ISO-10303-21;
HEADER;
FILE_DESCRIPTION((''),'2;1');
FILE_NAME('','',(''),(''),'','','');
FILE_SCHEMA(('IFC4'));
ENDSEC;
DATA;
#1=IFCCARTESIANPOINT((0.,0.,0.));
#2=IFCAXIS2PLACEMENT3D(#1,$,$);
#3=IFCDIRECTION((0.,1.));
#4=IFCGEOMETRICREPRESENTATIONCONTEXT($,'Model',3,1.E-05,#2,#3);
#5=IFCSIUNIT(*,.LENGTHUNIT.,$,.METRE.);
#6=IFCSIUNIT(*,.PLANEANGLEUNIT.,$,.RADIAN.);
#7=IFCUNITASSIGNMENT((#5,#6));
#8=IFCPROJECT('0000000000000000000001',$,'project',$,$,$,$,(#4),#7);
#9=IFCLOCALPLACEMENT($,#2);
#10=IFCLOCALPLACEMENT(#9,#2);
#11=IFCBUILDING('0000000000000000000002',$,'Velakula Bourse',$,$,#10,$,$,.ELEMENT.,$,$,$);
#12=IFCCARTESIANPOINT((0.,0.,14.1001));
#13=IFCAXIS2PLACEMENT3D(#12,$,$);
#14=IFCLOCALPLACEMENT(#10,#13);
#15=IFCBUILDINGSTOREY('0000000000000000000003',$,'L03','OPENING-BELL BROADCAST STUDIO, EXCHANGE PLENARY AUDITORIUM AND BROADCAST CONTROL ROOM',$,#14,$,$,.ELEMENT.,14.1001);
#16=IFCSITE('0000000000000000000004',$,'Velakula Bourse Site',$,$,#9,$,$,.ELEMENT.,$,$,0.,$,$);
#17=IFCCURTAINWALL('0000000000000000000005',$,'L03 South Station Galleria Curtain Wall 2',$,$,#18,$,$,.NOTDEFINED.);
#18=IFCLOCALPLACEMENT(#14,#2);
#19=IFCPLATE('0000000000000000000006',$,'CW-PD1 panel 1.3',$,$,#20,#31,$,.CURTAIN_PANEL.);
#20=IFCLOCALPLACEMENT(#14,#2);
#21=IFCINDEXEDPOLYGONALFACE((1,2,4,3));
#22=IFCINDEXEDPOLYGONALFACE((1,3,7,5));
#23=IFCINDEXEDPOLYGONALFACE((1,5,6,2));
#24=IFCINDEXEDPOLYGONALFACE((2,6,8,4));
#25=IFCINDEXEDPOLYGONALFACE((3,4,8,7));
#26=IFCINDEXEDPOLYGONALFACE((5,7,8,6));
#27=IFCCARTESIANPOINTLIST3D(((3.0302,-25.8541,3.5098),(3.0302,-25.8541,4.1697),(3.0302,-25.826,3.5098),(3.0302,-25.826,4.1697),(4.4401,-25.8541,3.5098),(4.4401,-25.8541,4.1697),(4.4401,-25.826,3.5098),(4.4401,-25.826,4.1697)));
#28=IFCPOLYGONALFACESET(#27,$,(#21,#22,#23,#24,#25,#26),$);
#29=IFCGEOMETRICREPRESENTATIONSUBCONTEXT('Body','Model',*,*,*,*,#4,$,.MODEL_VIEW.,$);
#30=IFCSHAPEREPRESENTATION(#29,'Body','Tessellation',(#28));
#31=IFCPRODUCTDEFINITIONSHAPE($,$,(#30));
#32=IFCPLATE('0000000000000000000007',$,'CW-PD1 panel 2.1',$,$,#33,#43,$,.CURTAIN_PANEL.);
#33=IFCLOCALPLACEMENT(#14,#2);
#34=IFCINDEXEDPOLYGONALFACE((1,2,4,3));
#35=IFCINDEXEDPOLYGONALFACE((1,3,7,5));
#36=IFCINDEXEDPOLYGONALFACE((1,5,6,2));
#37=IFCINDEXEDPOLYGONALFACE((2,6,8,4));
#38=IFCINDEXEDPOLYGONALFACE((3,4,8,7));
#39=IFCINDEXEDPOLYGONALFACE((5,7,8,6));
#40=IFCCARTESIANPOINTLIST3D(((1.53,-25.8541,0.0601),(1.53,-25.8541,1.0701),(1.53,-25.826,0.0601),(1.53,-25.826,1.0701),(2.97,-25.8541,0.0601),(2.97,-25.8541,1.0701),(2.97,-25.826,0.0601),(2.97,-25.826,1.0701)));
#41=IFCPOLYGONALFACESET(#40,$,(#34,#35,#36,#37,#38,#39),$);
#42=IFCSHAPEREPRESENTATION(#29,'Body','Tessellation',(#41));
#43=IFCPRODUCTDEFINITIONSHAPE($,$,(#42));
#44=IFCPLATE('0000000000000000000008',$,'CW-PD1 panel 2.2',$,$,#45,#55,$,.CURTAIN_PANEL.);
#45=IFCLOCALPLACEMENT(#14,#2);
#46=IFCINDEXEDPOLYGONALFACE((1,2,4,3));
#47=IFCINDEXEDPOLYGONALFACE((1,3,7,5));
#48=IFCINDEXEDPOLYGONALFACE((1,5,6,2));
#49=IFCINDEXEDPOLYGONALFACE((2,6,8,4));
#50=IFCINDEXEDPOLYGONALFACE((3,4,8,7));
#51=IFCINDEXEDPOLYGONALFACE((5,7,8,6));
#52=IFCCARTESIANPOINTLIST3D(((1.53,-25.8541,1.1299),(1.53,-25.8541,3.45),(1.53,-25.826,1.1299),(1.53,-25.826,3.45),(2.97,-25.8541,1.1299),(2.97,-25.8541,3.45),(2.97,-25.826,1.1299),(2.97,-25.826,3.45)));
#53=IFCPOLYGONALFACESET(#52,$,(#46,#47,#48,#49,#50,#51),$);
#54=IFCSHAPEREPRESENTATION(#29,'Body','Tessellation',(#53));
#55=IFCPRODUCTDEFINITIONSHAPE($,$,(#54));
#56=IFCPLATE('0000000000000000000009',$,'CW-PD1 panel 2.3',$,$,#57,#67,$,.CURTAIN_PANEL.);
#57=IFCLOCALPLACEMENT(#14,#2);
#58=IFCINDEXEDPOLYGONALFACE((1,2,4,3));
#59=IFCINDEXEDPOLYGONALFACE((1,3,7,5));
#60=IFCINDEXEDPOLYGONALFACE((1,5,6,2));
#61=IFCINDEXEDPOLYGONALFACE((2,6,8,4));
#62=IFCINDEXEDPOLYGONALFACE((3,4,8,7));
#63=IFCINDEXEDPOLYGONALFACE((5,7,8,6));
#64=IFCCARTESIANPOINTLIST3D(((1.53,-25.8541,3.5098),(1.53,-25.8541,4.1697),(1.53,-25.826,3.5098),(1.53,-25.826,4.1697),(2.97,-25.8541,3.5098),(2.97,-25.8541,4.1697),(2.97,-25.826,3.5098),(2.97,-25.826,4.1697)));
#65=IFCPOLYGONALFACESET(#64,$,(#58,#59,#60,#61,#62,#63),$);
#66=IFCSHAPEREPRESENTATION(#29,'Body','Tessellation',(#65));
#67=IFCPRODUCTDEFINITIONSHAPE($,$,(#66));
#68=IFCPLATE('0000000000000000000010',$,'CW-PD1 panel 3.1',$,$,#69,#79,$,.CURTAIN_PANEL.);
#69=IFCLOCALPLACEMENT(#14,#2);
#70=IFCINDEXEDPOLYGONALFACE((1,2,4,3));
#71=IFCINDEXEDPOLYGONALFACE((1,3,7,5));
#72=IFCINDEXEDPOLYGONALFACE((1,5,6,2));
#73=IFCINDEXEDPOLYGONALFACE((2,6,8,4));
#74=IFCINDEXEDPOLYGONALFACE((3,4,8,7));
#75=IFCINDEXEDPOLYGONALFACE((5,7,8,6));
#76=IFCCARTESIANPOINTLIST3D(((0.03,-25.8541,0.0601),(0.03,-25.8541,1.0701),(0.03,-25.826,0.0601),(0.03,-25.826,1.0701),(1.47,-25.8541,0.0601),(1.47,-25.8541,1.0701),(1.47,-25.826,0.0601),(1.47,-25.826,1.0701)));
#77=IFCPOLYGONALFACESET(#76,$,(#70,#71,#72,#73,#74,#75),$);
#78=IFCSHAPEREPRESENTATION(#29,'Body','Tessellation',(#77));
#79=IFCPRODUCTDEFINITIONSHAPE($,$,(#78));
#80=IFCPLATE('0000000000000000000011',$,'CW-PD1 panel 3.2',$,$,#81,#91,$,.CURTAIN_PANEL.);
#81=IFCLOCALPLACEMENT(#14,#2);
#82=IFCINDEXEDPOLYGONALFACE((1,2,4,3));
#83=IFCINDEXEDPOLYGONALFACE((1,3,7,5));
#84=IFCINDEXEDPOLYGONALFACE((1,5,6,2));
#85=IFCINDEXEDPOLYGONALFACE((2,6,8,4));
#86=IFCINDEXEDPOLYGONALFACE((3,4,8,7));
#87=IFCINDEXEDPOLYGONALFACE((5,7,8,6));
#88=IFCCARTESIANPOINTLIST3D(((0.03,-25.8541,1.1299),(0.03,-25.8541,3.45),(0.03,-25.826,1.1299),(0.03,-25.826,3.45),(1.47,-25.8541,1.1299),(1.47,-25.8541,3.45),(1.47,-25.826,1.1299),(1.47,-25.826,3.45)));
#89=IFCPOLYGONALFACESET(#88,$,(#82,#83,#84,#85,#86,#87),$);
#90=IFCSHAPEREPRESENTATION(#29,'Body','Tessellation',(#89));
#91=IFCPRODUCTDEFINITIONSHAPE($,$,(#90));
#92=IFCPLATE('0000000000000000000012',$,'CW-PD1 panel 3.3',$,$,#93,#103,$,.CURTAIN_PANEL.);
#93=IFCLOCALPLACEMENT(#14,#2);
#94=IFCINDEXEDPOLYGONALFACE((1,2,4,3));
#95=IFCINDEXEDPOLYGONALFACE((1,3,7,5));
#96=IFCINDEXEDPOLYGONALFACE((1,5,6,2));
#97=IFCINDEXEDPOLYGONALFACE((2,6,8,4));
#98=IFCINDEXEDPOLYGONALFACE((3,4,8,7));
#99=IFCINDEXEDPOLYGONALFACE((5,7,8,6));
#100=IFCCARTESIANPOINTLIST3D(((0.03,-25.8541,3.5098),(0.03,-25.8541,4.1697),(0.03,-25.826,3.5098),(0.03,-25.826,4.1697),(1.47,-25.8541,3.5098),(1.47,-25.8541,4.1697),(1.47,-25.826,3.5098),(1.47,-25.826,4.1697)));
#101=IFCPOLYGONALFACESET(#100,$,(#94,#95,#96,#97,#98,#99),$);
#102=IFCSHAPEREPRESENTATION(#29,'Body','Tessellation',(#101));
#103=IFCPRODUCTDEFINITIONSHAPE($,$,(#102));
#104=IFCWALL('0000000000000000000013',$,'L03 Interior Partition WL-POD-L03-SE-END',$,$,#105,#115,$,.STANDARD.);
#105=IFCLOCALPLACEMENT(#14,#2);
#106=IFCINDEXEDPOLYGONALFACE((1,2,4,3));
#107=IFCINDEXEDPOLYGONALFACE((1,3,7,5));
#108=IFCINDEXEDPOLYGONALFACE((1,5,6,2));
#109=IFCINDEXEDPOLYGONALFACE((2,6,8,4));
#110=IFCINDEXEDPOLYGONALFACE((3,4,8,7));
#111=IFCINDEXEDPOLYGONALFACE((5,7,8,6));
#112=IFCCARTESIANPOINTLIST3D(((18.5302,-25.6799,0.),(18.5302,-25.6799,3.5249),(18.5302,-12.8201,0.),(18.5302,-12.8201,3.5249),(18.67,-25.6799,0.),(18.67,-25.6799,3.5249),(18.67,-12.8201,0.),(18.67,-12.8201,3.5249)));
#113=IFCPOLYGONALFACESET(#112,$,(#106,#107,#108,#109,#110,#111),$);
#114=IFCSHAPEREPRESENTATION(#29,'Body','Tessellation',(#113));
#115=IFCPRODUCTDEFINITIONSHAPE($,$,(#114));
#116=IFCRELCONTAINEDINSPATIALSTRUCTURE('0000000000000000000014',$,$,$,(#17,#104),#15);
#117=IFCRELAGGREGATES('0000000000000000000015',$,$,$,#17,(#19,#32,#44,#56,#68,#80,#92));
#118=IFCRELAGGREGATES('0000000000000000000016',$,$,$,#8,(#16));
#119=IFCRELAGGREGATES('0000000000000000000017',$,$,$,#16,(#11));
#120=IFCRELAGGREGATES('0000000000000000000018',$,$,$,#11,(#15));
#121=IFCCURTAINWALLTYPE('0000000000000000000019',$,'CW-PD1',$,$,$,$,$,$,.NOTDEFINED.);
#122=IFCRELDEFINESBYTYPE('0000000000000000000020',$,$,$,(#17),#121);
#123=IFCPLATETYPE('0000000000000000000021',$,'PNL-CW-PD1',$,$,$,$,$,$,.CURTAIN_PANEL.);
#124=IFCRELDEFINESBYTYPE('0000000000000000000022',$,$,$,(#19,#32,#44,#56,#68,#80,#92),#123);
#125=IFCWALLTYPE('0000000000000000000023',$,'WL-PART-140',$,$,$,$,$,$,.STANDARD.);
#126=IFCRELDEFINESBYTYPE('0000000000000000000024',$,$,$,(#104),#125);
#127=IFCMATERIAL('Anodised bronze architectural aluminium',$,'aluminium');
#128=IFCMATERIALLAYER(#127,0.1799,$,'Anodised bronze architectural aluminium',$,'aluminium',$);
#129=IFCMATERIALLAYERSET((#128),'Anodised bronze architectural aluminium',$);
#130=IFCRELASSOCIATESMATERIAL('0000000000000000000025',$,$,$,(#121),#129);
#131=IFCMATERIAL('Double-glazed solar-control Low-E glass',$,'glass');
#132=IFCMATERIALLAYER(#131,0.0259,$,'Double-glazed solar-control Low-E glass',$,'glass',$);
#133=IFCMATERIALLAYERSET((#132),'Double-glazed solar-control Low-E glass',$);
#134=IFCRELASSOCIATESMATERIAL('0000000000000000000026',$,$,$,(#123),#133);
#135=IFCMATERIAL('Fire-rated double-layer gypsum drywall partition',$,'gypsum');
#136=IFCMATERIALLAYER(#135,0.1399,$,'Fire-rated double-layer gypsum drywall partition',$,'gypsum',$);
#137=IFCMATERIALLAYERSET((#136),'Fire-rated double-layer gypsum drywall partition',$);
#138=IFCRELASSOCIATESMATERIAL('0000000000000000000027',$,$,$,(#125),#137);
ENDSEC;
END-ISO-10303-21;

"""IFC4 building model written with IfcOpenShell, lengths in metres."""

from ifc_helpers import new_model, si_unit, direction, frame, frame_2d, origin, origin_2d, place, context, subcontext, project, spatial, rectangle, extrude, material, layer, layer_set, type_object, element, aggregate, save


model = new_model("IFC4")

# Units and contexts
model_context = context("Model", 3, precision=1e-05, world=origin(), true_north=direction((0.0, 1.0)))
body_context = subcontext(model_context, "Body", "Model", "MODEL_VIEW")
ifc_project = project(units=[si_unit("LENGTHUNIT", "METRE"), si_unit("PLANEANGLEUNIT", "RADIAN")], contexts=[model_context])

# Site, building, storey
site_placement = place(None, origin())
site = spatial("IfcSite", under=ifc_project, at=site_placement, Name="Velakula Bourse Site", CompositionType="ELEMENT", RefElevation=0.0)
building_placement = place(site_placement, origin())
building = spatial("IfcBuilding", under=site, at=building_placement, Name="Velakula Bourse", CompositionType="ELEMENT")
storey_placement = place(building_placement, frame((0.0, 0.0, 14.1001)))
storey = spatial("IfcBuildingStorey", under=building, at=storey_placement, Name="L03", Description="OPENING-BELL BROADCAST STUDIO, EXCHANGE PLENARY AUDITORIUM AND BROADCAST CONTROL ROOM", CompositionType="ELEMENT", Elevation=14.1001)

# Curtain wall, plates
ifc_material_1 = material(Name="Anodised bronze architectural aluminium", Category="aluminium")
ifc_layer_1 = layer(ifc_material_1, 0.1799, Name="Anodised bronze architectural aluminium", Category="aluminium")
ifc_layer_set_1 = layer_set([ifc_layer_1], Name="Anodised bronze architectural aluminium")
curtain_wall_type = type_object("IfcCurtainWallType", Name="CW-PD1", PredefinedType="NOTDEFINED", material=ifc_layer_set_1)
curtain_wall_placement = place(storey_placement, origin())
curtain_wall = element("IfcCurtainWall", 1, at=curtain_wall_placement, inside=storey, type_object=curtain_wall_type, Name="L03 South Station Galleria Curtain Wall 2", PredefinedType="NOTDEFINED")
ifc_material_2 = material(Name="Double-glazed solar-control Low-E glass", Category="glass")
ifc_layer_2 = layer(ifc_material_2, 0.0259, Name="Double-glazed solar-control Low-E glass", Category="glass")
ifc_layer_set_2 = layer_set([ifc_layer_2], Name="Double-glazed solar-control Low-E glass")
plate_type = type_object("IfcPlateType", Name="PNL-CW-PD1", PredefinedType="CURTAIN_PANEL", material=ifc_layer_set_2)
plate_1_placement = place(storey_placement, frame((3.7351, -25.8401, 3.5098), z_axis=(0.0, 0.0, 1.0), x_axis=(-1.0, 0.0, 0.0)))
plate_1 = element("IfcPlate", 2, at=plate_1_placement, type_object=plate_type, Name="CW-PD1 panel 1.3", PredefinedType="CURTAIN_PANEL", context=body_context, shape_type="SweptSolid", body=[
    extrude(rectangle(XDim=1.4099, YDim=0.0281, at=origin_2d()), origin(), (0.0, 0.0, 1.0), 0.6599),
])
plate_2_placement = place(storey_placement, frame((2.25, -25.8401, 0.0601), z_axis=(0.0, 0.0, 1.0), x_axis=(-1.0, 0.0, 0.0)))
plate_2 = element("IfcPlate", 3, at=plate_2_placement, type_object=plate_type, Name="CW-PD1 panel 2.1", PredefinedType="CURTAIN_PANEL", context=body_context, shape_type="SweptSolid", body=[
    extrude(rectangle(XDim=1.4399, YDim=0.0281, at=origin_2d()), origin(), (0.0, 0.0, 1.0), 1.01),
])
plate_3_placement = place(storey_placement, frame((2.25, -25.8401, 1.1299), z_axis=(0.0, 0.0, 1.0), x_axis=(-1.0, 0.0, 0.0)))
plate_3 = element("IfcPlate", 4, at=plate_3_placement, type_object=plate_type, Name="CW-PD1 panel 2.2", PredefinedType="CURTAIN_PANEL", context=body_context, shape_type="SweptSolid", body=[
    extrude(rectangle(XDim=1.4399, YDim=0.0281, at=origin_2d()), origin(), (0.0, 0.0, 1.0), 2.3201),
])
plate_4_placement = place(storey_placement, frame((2.25, -25.8401, 3.5098), z_axis=(0.0, 0.0, 1.0), x_axis=(-1.0, 0.0, 0.0)))
plate_4 = element("IfcPlate", 5, at=plate_4_placement, type_object=plate_type, Name="CW-PD1 panel 2.3", PredefinedType="CURTAIN_PANEL", context=body_context, shape_type="SweptSolid", body=[
    extrude(rectangle(XDim=1.4399, YDim=0.0281, at=origin_2d()), origin(), (0.0, 0.0, 1.0), 0.6599),
])
plate_5_placement = place(storey_placement, frame((0.75, -25.8401, 0.0601), z_axis=(0.0, 0.0, 1.0), x_axis=(-1.0, 0.0, 0.0)))
plate_5 = element("IfcPlate", 6, at=plate_5_placement, type_object=plate_type, Name="CW-PD1 panel 3.1", PredefinedType="CURTAIN_PANEL", context=body_context, shape_type="SweptSolid", body=[
    extrude(rectangle(XDim=1.4399, YDim=0.0281, at=origin_2d()), origin(), (0.0, 0.0, 1.0), 1.01),
])
plate_6_placement = place(storey_placement, frame((0.75, -25.8401, 1.1299), z_axis=(0.0, 0.0, 1.0), x_axis=(-1.0, 0.0, 0.0)))
plate_6 = element("IfcPlate", 7, at=plate_6_placement, type_object=plate_type, Name="CW-PD1 panel 3.2", PredefinedType="CURTAIN_PANEL", context=body_context, shape_type="SweptSolid", body=[
    extrude(rectangle(XDim=1.4399, YDim=0.0281, at=origin_2d()), origin(), (0.0, 0.0, 1.0), 2.3201),
])
plate_7_placement = place(storey_placement, frame((0.75, -25.8401, 3.5098), z_axis=(0.0, 0.0, 1.0), x_axis=(-1.0, 0.0, 0.0)))
plate_7 = element("IfcPlate", 8, at=plate_7_placement, type_object=plate_type, Name="CW-PD1 panel 3.3", PredefinedType="CURTAIN_PANEL", context=body_context, shape_type="SweptSolid", body=[
    extrude(rectangle(XDim=1.4399, YDim=0.0281, at=origin_2d()), origin(), (0.0, 0.0, 1.0), 0.6599),
])
aggregate(curtain_wall, [plate_1, plate_2, plate_3, plate_4, plate_5, plate_6, plate_7])

# Wall
ifc_material_3 = material(Name="Fire-rated double-layer gypsum drywall partition", Category="gypsum")
ifc_layer_3 = layer(ifc_material_3, 0.1399, Name="Fire-rated double-layer gypsum drywall partition", Category="gypsum")
ifc_layer_set_3 = layer_set([ifc_layer_3], Name="Fire-rated double-layer gypsum drywall partition")
wall_type = type_object("IfcWallType", Name="WL-PART-140", PredefinedType="STANDARD", material=ifc_layer_set_3)
wall_placement = place(storey_placement, frame((18.6001, -25.6799, 0.0), z_axis=(0.0, 0.0, 1.0), x_axis=(0.0, 1.0, 0.0)))
element("IfcWall", 9, at=wall_placement, inside=storey, type_object=wall_type, Name="L03 Interior Partition WL-POD-L03-SE-END", PredefinedType="STANDARD", context=body_context, shape_type="SweptSolid", body=[
    extrude(rectangle(XDim=12.8599, YDim=0.1399, at=frame_2d((6.4299, 0.0))), origin(), (0.0, 0.0, 1.0), 3.5249),
])

save(model, "model.ifc")
